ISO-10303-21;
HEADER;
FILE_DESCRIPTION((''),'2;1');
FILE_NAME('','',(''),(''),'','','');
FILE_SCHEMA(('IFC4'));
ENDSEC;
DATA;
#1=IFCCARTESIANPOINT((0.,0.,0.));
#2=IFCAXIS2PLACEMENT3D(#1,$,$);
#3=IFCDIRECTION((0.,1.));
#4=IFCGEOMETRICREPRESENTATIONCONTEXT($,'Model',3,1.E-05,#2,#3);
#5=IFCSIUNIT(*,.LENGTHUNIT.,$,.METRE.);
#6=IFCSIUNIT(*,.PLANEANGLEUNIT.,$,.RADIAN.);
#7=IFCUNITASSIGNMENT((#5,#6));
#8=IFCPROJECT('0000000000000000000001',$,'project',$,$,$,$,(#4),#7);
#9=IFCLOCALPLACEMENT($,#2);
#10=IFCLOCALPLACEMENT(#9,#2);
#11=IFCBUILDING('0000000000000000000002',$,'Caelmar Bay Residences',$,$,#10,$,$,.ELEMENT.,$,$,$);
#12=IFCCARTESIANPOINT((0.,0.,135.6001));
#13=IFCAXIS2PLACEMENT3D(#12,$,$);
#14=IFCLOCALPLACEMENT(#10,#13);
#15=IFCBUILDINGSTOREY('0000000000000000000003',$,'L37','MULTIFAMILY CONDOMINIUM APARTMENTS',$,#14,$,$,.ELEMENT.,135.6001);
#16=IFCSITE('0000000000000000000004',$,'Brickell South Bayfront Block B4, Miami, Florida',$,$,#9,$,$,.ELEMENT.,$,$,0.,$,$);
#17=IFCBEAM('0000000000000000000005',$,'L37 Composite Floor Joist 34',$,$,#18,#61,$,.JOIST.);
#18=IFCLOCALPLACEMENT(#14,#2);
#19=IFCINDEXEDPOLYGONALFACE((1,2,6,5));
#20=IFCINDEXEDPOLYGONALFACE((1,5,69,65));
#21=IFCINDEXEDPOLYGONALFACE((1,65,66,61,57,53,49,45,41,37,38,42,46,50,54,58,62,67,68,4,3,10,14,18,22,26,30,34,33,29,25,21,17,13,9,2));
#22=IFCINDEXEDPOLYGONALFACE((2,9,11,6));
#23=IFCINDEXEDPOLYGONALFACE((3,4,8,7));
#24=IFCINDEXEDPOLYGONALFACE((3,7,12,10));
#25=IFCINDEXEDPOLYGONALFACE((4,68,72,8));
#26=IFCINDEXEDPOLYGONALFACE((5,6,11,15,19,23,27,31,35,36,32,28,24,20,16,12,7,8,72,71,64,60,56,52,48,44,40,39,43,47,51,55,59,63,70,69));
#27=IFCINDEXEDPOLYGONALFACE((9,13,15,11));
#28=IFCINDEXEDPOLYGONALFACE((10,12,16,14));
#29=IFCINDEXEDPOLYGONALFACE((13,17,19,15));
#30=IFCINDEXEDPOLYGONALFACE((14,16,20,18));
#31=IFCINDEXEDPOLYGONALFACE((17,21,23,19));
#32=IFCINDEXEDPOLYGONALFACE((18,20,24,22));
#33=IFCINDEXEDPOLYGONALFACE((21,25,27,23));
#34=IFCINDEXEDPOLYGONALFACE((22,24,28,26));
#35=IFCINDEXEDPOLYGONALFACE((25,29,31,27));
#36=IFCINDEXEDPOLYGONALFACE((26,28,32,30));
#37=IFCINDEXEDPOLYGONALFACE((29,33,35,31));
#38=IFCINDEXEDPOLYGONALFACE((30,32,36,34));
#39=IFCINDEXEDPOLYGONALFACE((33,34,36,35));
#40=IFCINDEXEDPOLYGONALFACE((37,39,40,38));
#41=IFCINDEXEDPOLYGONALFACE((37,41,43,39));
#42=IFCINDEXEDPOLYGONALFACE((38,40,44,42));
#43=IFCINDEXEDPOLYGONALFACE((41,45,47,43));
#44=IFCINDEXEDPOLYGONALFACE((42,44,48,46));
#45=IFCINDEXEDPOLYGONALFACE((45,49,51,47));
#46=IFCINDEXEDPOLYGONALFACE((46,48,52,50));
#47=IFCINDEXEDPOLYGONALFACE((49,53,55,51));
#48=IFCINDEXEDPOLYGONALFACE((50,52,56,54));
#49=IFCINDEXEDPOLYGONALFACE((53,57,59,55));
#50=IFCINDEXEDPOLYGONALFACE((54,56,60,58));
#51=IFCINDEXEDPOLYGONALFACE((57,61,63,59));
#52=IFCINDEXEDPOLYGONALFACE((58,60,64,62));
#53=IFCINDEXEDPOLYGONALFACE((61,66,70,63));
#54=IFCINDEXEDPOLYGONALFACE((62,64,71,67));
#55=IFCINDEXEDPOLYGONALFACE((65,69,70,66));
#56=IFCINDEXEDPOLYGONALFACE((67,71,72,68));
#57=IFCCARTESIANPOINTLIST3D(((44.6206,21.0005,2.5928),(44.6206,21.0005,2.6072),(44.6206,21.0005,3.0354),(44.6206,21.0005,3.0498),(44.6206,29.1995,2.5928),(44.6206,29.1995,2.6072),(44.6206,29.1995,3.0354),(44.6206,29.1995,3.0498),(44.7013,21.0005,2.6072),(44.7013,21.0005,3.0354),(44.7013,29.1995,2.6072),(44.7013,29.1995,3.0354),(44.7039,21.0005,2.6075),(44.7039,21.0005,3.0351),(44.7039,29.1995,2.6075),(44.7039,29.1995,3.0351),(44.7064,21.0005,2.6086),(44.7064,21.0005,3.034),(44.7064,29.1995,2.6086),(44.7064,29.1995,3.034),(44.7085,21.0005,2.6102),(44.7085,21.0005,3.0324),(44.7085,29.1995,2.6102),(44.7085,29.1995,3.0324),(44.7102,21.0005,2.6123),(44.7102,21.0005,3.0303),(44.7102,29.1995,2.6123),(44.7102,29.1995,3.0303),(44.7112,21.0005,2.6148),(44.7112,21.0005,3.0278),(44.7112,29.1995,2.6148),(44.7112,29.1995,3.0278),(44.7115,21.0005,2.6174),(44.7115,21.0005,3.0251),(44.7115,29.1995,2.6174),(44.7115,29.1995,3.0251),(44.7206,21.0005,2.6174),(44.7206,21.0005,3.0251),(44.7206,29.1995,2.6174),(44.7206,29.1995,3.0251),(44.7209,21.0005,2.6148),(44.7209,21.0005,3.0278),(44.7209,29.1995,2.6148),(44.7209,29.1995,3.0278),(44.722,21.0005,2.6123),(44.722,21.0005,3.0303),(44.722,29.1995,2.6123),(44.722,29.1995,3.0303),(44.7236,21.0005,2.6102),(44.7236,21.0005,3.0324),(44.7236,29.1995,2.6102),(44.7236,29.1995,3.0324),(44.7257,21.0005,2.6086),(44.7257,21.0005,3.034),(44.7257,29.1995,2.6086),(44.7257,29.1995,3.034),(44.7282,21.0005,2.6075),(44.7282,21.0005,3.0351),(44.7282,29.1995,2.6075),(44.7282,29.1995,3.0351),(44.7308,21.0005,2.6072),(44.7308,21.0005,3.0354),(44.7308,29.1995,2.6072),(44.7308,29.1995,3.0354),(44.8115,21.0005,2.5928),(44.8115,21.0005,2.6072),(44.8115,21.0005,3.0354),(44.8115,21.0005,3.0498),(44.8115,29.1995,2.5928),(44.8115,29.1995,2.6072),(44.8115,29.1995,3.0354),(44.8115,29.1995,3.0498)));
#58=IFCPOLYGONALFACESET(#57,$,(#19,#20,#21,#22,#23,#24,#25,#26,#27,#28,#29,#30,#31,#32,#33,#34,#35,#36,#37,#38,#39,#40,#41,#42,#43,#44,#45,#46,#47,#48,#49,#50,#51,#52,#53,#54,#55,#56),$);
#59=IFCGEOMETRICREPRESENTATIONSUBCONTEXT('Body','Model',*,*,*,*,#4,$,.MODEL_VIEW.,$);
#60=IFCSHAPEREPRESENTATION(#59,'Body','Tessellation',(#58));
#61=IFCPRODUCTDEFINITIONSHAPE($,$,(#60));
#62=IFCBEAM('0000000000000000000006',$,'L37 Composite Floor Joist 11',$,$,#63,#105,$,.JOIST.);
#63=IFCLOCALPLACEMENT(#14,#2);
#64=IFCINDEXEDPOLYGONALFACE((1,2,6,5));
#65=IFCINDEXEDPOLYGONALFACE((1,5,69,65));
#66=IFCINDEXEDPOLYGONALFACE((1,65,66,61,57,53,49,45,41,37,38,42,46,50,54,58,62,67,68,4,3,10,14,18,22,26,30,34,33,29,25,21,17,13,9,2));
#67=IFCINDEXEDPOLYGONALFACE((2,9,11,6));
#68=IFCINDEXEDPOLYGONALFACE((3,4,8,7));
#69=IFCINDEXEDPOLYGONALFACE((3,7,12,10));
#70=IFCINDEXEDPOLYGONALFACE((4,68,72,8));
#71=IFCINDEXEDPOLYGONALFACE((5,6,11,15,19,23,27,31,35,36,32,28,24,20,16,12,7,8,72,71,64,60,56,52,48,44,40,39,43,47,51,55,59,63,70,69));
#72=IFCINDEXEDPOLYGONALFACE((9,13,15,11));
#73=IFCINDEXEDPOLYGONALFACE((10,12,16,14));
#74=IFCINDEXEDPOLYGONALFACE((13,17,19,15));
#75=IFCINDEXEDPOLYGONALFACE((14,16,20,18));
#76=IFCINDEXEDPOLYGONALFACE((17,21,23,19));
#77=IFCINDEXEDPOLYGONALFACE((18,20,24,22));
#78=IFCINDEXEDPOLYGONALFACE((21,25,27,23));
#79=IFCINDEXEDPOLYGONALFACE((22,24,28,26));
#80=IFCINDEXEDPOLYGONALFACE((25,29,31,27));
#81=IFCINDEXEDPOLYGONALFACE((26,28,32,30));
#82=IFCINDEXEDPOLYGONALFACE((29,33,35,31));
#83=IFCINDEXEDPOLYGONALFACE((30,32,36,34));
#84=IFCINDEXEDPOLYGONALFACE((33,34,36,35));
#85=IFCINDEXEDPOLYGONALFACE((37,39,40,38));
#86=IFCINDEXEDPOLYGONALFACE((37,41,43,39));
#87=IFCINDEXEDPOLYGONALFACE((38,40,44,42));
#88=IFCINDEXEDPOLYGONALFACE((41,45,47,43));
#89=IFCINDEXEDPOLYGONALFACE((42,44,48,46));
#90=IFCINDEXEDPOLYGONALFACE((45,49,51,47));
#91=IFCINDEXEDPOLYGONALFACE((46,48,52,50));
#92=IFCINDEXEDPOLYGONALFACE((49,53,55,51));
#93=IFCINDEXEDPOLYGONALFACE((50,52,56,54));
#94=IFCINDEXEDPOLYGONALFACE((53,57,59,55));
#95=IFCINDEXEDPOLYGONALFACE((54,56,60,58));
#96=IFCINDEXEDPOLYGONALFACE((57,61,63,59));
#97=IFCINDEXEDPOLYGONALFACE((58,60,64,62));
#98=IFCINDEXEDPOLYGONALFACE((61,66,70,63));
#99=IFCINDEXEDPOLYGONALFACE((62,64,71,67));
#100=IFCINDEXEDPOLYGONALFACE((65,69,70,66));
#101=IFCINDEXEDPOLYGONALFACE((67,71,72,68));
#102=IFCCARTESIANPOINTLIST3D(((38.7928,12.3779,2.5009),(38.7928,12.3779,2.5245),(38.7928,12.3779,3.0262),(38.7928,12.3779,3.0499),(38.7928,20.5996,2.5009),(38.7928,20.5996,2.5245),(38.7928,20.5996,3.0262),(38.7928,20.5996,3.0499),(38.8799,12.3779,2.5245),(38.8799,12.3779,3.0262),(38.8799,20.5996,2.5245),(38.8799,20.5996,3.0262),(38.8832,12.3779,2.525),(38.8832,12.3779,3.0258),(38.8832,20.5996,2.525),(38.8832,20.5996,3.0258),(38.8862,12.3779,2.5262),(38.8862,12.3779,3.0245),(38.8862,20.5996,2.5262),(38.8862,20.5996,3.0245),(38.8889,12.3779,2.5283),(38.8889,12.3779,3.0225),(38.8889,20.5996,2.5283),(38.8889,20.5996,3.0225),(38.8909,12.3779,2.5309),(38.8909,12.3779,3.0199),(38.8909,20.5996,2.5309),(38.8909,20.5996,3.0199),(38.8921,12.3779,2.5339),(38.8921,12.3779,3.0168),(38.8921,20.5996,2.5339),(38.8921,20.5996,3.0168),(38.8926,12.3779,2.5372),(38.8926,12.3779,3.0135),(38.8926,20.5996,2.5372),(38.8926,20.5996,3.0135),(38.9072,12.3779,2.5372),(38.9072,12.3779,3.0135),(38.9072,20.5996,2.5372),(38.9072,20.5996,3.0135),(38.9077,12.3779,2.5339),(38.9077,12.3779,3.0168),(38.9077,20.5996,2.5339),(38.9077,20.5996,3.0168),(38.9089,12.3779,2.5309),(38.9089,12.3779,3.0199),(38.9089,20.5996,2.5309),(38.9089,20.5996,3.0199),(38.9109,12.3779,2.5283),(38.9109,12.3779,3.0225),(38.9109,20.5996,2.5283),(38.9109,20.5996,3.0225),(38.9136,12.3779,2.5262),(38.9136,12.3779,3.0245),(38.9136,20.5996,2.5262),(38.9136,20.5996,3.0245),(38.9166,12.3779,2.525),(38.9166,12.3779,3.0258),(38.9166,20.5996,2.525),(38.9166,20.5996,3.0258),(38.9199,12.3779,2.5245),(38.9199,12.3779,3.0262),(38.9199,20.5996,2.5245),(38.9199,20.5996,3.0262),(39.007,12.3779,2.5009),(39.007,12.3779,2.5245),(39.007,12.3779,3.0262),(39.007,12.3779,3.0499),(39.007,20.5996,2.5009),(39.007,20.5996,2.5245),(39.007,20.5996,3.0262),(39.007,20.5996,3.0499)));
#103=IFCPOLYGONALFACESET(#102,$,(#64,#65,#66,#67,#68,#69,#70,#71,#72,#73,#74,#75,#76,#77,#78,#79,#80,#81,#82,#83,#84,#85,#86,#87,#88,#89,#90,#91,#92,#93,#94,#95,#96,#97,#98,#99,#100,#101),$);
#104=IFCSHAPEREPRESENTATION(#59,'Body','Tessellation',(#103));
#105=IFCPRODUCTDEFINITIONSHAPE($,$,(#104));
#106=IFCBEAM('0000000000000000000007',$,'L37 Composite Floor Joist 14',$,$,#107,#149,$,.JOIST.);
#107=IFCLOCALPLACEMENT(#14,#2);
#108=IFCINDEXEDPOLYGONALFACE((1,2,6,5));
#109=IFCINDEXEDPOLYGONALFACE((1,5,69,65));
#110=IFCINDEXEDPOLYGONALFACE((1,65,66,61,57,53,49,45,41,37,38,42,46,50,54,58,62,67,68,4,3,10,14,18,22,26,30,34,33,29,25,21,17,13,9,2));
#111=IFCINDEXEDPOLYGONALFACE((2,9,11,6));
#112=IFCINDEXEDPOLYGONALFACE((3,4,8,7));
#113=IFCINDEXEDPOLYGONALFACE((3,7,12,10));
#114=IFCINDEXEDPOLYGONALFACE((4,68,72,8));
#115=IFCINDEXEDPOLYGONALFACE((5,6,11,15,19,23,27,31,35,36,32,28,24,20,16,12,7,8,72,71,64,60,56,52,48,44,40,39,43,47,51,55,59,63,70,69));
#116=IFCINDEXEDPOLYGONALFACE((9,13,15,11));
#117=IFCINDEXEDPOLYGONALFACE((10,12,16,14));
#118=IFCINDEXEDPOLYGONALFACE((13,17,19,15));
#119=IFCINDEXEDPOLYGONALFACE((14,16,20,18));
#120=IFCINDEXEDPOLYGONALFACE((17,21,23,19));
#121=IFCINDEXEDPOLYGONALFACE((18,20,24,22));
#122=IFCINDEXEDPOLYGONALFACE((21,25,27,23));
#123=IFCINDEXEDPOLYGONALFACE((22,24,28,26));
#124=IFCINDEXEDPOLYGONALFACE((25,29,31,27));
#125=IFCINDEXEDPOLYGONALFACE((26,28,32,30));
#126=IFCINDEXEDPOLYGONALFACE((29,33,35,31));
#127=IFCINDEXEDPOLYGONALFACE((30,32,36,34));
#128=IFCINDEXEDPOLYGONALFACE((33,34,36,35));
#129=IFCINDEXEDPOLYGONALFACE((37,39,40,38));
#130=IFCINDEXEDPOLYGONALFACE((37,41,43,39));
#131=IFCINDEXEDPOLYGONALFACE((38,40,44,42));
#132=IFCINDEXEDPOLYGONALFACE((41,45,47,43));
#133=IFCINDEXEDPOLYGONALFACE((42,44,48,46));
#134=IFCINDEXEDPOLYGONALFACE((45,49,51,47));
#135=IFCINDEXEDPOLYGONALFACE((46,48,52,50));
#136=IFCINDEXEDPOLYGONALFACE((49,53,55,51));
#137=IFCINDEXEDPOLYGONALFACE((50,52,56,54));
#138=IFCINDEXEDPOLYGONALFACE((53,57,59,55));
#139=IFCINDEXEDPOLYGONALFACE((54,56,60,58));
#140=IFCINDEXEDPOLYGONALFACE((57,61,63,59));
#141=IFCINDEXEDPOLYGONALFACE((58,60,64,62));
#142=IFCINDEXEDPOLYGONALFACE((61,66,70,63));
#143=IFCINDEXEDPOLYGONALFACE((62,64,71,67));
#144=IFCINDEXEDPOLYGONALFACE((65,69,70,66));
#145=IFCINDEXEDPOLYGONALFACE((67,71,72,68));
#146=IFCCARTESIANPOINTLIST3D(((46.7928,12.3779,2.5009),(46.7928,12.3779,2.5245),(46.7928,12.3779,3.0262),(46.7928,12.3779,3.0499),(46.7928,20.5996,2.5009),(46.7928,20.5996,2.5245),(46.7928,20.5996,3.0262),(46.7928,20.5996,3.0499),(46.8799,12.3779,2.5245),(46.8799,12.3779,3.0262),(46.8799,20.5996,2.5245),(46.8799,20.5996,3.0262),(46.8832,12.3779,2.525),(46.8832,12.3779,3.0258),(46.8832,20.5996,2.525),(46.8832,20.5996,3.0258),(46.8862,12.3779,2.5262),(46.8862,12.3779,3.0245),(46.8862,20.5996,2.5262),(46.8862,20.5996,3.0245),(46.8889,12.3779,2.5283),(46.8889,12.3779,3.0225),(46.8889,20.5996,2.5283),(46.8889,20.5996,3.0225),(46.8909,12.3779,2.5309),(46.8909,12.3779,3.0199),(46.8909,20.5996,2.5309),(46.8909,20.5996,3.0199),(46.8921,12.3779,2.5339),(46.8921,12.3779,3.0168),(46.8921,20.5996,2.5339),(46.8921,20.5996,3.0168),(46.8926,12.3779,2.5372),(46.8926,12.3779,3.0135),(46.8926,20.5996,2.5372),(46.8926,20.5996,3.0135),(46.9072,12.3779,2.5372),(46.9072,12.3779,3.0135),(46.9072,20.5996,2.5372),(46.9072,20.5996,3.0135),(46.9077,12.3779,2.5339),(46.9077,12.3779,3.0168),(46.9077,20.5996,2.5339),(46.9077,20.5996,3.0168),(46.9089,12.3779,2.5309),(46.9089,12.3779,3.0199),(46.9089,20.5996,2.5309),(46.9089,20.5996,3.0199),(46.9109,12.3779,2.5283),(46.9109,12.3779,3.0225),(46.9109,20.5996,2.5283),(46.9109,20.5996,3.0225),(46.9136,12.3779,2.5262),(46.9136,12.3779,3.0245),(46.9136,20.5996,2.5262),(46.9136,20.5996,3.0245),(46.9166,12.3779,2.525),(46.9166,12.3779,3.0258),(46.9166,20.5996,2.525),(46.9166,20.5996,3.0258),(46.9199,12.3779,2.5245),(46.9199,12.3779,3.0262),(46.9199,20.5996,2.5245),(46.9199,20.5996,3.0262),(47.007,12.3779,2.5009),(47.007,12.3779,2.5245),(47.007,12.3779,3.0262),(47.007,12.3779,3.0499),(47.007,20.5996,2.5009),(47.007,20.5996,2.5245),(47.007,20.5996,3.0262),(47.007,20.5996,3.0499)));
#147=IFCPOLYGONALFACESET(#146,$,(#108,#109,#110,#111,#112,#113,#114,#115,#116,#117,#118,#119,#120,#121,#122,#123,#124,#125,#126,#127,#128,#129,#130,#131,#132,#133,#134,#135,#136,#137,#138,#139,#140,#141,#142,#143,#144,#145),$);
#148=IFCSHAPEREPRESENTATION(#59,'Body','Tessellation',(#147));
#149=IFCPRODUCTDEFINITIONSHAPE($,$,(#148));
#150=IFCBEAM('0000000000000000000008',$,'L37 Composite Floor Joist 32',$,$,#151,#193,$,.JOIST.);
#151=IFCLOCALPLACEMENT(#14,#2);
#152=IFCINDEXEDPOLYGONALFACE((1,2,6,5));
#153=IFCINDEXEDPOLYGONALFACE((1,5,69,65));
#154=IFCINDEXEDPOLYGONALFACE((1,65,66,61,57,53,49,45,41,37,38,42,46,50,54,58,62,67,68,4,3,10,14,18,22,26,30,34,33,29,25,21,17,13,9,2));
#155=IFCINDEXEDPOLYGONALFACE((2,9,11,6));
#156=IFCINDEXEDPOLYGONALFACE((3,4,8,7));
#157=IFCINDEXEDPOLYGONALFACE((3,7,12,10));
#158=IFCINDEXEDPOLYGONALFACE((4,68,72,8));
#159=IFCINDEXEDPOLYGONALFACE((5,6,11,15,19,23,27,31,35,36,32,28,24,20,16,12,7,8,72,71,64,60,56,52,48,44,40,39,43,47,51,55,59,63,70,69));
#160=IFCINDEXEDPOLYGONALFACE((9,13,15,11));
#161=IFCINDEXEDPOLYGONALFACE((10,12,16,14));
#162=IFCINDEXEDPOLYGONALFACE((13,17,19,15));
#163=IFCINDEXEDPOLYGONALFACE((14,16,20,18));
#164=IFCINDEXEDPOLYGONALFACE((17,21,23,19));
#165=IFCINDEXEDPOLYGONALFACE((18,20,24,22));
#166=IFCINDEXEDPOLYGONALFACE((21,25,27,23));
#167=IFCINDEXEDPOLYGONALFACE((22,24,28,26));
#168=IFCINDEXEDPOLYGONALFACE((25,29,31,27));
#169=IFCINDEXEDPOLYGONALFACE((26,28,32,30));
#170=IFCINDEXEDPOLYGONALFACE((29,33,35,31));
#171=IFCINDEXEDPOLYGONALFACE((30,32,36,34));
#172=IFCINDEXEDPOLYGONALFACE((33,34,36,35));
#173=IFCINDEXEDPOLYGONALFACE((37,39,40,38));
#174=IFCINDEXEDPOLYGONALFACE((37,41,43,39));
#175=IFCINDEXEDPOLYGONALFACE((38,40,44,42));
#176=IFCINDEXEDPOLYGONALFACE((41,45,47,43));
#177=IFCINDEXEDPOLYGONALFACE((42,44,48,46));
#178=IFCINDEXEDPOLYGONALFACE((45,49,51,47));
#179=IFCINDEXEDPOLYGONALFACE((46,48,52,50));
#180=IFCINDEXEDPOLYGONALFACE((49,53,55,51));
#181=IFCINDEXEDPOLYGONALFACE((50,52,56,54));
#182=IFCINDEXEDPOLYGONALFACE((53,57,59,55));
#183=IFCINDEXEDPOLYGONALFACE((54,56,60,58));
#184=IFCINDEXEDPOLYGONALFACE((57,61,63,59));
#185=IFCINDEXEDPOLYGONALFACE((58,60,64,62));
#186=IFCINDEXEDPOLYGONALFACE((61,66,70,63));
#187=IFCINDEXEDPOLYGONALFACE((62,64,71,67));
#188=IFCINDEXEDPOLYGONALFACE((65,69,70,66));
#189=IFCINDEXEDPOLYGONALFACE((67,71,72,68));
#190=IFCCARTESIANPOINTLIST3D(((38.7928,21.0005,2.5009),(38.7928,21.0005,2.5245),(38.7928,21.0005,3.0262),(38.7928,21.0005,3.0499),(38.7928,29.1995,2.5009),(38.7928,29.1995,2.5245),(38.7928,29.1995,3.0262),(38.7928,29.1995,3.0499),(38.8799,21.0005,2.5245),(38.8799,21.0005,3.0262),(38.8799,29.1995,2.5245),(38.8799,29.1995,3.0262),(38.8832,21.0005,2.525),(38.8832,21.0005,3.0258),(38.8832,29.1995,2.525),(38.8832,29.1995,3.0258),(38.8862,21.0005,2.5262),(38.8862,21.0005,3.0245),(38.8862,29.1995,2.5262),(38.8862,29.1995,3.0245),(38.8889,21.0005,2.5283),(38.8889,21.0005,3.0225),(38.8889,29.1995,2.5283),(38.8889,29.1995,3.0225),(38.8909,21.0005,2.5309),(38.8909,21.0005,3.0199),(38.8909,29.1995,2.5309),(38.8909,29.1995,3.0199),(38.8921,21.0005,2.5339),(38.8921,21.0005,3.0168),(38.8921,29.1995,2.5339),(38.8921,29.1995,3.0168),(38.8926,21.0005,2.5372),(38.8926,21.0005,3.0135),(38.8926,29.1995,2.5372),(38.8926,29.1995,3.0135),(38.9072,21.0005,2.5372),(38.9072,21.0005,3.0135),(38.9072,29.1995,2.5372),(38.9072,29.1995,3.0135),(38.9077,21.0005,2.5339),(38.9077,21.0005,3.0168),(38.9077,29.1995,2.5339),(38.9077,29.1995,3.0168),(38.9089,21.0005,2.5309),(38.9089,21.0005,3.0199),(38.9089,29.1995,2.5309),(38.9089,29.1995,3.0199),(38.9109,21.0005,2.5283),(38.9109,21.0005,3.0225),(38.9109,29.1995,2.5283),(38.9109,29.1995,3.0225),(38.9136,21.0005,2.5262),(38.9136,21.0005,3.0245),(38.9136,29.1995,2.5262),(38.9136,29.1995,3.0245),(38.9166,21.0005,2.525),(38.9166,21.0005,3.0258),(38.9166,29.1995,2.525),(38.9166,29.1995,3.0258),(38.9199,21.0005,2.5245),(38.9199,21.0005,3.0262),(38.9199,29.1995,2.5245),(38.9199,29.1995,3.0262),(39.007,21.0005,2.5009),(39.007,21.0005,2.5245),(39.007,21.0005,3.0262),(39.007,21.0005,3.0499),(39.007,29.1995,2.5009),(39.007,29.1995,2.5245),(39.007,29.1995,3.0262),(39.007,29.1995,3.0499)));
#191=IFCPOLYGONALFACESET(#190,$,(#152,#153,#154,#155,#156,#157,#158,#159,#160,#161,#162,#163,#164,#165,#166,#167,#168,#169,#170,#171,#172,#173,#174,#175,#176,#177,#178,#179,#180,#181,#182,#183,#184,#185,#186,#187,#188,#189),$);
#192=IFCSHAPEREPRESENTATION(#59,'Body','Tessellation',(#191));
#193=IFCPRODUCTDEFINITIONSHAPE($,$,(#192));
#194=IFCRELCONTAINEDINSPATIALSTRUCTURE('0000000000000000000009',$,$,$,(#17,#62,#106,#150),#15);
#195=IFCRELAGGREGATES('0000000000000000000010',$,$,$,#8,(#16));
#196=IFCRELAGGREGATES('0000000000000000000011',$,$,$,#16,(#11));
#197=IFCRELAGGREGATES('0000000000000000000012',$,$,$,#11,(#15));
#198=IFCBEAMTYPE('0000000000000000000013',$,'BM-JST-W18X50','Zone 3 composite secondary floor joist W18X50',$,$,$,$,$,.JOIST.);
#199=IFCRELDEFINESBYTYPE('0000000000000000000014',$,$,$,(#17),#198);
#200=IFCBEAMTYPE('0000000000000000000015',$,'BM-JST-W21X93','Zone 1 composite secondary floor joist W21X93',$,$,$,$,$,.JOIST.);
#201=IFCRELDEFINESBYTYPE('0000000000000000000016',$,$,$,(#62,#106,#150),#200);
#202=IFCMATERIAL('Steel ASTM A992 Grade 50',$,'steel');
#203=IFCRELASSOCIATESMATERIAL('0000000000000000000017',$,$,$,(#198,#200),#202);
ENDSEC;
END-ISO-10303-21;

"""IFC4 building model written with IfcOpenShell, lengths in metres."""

from ifc_helpers import new_model, si_unit, direction, frame, origin, origin_2d, place, context, subcontext, project, spatial, i_section, extrude, material, material_profile, profile_set, type_object, element, save


model = new_model("IFC4")

# Units and contexts
model_context = context("Model", 3, precision=1e-05, world=origin(), true_north=direction((0.0, 1.0)))
body_context = subcontext(model_context, "Body", "Model", "MODEL_VIEW")
ifc_project = project(units=[si_unit("LENGTHUNIT", "METRE"), si_unit("PLANEANGLEUNIT", "RADIAN")], contexts=[model_context])

# Site, building, storey
site_placement = place(None, origin())
site = spatial("IfcSite", under=ifc_project, at=site_placement, Name="Brickell South Bayfront Block B4, Miami, Florida", CompositionType="ELEMENT", RefElevation=0.0)
building_placement = place(site_placement, origin())
building = spatial("IfcBuilding", under=site, at=building_placement, Name="Caelmar Bay Residences", CompositionType="ELEMENT")
storey_placement = place(building_placement, frame((0.0, 0.0, 135.6001)))
storey = spatial("IfcBuildingStorey", under=building, at=storey_placement, Name="L37", Description="MULTIFAMILY CONDOMINIUM APARTMENTS", CompositionType="ELEMENT", Elevation=135.6001)

# Beams
ifc_material_1 = material(Name="Steel ASTM A992 Grade 50", Category="steel")
ifc_material_profile_1 = material_profile(ifc_material_1, i_section(OverallWidth=0.1909, OverallDepth=0.457, WebThickness=0.009, FlangeThickness=0.0144, FilletRadius=0.0103, at=origin_2d()), Name="W18X50")
ifc_profile_set_1 = profile_set([ifc_material_profile_1], Name="Steel ASTM A992 Grade 50")
beam_type_1 = type_object("IfcBeamType", Name="BM-JST-W18X50", Description="Zone 3 composite secondary floor joist W18X50", PredefinedType="JOIST", material=ifc_profile_set_1)
for number, where, z_axis, x_axis, name in (
    (1, (44.7161, 21.0005, 2.8213), (0.0, 1.0, 0.0), (-1.0, 0.0, 0.0), "L37 Composite Floor Joist 34"),
):
    element("IfcBeam", number, at=place(storey_placement, frame(where, z_axis=z_axis, x_axis=x_axis)), inside=storey, type_object=beam_type_1, Name=name, PredefinedType="JOIST", context=body_context, shape_type="SweptSolid", body=[
        extrude(i_section(OverallWidth=0.1909, OverallDepth=0.457, WebThickness=0.009, FlangeThickness=0.0144, FilletRadius=0.0103, at=origin_2d()), origin(), (0.0, 0.0, 1.0), 8.199),
    ])
ifc_material_profile_2 = material_profile(ifc_material_1, i_section(OverallWidth=0.2141, OverallDepth=0.5491, WebThickness=0.0146, FlangeThickness=0.0237, FilletRadius=0.0127, at=origin_2d()), Name="W21X93")
ifc_profile_set_2 = profile_set([ifc_material_profile_2], Name="Steel ASTM A992 Grade 50")
beam_type_2 = type_object("IfcBeamType", Name="BM-JST-W21X93", Description="Zone 1 composite secondary floor joist W21X93", PredefinedType="JOIST", material=ifc_profile_set_2)
for number, where, z_axis, x_axis, name in (
    (2, (38.8999, 12.3779, 2.7754), (0.0, 1.0, 0.0), (-1.0, 0.0, 0.0), "L37 Composite Floor Joist 11"),
    (3, (46.8999, 12.3779, 2.7754), (0.0, 1.0, 0.0), (-1.0, 0.0, 0.0), "L37 Composite Floor Joist 14"),
):
    element("IfcBeam", number, at=place(storey_placement, frame(where, z_axis=z_axis, x_axis=x_axis)), inside=storey, type_object=beam_type_2, Name=name, PredefinedType="JOIST", context=body_context, shape_type="SweptSolid", body=[
        extrude(i_section(OverallWidth=0.2141, OverallDepth=0.5491, WebThickness=0.0146, FlangeThickness=0.0237, FilletRadius=0.0127, at=origin_2d()), origin(), (0.0, 0.0, 1.0), 8.2217),
    ])
for number, where, z_axis, x_axis, name in (
    (4, (38.8999, 21.0005, 2.7754), (0.0, 1.0, 0.0), (-1.0, 0.0, 0.0), "L37 Composite Floor Joist 32"),
):
    element("IfcBeam", number, at=place(storey_placement, frame(where, z_axis=z_axis, x_axis=x_axis)), inside=storey, type_object=beam_type_2, Name=name, PredefinedType="JOIST", context=body_context, shape_type="SweptSolid", body=[
        extrude(i_section(OverallWidth=0.2141, OverallDepth=0.5491, WebThickness=0.0146, FlangeThickness=0.0237, FilletRadius=0.0127, at=origin_2d()), origin(), (0.0, 0.0, 1.0), 8.199),
    ])

save(model, "model.ifc")
